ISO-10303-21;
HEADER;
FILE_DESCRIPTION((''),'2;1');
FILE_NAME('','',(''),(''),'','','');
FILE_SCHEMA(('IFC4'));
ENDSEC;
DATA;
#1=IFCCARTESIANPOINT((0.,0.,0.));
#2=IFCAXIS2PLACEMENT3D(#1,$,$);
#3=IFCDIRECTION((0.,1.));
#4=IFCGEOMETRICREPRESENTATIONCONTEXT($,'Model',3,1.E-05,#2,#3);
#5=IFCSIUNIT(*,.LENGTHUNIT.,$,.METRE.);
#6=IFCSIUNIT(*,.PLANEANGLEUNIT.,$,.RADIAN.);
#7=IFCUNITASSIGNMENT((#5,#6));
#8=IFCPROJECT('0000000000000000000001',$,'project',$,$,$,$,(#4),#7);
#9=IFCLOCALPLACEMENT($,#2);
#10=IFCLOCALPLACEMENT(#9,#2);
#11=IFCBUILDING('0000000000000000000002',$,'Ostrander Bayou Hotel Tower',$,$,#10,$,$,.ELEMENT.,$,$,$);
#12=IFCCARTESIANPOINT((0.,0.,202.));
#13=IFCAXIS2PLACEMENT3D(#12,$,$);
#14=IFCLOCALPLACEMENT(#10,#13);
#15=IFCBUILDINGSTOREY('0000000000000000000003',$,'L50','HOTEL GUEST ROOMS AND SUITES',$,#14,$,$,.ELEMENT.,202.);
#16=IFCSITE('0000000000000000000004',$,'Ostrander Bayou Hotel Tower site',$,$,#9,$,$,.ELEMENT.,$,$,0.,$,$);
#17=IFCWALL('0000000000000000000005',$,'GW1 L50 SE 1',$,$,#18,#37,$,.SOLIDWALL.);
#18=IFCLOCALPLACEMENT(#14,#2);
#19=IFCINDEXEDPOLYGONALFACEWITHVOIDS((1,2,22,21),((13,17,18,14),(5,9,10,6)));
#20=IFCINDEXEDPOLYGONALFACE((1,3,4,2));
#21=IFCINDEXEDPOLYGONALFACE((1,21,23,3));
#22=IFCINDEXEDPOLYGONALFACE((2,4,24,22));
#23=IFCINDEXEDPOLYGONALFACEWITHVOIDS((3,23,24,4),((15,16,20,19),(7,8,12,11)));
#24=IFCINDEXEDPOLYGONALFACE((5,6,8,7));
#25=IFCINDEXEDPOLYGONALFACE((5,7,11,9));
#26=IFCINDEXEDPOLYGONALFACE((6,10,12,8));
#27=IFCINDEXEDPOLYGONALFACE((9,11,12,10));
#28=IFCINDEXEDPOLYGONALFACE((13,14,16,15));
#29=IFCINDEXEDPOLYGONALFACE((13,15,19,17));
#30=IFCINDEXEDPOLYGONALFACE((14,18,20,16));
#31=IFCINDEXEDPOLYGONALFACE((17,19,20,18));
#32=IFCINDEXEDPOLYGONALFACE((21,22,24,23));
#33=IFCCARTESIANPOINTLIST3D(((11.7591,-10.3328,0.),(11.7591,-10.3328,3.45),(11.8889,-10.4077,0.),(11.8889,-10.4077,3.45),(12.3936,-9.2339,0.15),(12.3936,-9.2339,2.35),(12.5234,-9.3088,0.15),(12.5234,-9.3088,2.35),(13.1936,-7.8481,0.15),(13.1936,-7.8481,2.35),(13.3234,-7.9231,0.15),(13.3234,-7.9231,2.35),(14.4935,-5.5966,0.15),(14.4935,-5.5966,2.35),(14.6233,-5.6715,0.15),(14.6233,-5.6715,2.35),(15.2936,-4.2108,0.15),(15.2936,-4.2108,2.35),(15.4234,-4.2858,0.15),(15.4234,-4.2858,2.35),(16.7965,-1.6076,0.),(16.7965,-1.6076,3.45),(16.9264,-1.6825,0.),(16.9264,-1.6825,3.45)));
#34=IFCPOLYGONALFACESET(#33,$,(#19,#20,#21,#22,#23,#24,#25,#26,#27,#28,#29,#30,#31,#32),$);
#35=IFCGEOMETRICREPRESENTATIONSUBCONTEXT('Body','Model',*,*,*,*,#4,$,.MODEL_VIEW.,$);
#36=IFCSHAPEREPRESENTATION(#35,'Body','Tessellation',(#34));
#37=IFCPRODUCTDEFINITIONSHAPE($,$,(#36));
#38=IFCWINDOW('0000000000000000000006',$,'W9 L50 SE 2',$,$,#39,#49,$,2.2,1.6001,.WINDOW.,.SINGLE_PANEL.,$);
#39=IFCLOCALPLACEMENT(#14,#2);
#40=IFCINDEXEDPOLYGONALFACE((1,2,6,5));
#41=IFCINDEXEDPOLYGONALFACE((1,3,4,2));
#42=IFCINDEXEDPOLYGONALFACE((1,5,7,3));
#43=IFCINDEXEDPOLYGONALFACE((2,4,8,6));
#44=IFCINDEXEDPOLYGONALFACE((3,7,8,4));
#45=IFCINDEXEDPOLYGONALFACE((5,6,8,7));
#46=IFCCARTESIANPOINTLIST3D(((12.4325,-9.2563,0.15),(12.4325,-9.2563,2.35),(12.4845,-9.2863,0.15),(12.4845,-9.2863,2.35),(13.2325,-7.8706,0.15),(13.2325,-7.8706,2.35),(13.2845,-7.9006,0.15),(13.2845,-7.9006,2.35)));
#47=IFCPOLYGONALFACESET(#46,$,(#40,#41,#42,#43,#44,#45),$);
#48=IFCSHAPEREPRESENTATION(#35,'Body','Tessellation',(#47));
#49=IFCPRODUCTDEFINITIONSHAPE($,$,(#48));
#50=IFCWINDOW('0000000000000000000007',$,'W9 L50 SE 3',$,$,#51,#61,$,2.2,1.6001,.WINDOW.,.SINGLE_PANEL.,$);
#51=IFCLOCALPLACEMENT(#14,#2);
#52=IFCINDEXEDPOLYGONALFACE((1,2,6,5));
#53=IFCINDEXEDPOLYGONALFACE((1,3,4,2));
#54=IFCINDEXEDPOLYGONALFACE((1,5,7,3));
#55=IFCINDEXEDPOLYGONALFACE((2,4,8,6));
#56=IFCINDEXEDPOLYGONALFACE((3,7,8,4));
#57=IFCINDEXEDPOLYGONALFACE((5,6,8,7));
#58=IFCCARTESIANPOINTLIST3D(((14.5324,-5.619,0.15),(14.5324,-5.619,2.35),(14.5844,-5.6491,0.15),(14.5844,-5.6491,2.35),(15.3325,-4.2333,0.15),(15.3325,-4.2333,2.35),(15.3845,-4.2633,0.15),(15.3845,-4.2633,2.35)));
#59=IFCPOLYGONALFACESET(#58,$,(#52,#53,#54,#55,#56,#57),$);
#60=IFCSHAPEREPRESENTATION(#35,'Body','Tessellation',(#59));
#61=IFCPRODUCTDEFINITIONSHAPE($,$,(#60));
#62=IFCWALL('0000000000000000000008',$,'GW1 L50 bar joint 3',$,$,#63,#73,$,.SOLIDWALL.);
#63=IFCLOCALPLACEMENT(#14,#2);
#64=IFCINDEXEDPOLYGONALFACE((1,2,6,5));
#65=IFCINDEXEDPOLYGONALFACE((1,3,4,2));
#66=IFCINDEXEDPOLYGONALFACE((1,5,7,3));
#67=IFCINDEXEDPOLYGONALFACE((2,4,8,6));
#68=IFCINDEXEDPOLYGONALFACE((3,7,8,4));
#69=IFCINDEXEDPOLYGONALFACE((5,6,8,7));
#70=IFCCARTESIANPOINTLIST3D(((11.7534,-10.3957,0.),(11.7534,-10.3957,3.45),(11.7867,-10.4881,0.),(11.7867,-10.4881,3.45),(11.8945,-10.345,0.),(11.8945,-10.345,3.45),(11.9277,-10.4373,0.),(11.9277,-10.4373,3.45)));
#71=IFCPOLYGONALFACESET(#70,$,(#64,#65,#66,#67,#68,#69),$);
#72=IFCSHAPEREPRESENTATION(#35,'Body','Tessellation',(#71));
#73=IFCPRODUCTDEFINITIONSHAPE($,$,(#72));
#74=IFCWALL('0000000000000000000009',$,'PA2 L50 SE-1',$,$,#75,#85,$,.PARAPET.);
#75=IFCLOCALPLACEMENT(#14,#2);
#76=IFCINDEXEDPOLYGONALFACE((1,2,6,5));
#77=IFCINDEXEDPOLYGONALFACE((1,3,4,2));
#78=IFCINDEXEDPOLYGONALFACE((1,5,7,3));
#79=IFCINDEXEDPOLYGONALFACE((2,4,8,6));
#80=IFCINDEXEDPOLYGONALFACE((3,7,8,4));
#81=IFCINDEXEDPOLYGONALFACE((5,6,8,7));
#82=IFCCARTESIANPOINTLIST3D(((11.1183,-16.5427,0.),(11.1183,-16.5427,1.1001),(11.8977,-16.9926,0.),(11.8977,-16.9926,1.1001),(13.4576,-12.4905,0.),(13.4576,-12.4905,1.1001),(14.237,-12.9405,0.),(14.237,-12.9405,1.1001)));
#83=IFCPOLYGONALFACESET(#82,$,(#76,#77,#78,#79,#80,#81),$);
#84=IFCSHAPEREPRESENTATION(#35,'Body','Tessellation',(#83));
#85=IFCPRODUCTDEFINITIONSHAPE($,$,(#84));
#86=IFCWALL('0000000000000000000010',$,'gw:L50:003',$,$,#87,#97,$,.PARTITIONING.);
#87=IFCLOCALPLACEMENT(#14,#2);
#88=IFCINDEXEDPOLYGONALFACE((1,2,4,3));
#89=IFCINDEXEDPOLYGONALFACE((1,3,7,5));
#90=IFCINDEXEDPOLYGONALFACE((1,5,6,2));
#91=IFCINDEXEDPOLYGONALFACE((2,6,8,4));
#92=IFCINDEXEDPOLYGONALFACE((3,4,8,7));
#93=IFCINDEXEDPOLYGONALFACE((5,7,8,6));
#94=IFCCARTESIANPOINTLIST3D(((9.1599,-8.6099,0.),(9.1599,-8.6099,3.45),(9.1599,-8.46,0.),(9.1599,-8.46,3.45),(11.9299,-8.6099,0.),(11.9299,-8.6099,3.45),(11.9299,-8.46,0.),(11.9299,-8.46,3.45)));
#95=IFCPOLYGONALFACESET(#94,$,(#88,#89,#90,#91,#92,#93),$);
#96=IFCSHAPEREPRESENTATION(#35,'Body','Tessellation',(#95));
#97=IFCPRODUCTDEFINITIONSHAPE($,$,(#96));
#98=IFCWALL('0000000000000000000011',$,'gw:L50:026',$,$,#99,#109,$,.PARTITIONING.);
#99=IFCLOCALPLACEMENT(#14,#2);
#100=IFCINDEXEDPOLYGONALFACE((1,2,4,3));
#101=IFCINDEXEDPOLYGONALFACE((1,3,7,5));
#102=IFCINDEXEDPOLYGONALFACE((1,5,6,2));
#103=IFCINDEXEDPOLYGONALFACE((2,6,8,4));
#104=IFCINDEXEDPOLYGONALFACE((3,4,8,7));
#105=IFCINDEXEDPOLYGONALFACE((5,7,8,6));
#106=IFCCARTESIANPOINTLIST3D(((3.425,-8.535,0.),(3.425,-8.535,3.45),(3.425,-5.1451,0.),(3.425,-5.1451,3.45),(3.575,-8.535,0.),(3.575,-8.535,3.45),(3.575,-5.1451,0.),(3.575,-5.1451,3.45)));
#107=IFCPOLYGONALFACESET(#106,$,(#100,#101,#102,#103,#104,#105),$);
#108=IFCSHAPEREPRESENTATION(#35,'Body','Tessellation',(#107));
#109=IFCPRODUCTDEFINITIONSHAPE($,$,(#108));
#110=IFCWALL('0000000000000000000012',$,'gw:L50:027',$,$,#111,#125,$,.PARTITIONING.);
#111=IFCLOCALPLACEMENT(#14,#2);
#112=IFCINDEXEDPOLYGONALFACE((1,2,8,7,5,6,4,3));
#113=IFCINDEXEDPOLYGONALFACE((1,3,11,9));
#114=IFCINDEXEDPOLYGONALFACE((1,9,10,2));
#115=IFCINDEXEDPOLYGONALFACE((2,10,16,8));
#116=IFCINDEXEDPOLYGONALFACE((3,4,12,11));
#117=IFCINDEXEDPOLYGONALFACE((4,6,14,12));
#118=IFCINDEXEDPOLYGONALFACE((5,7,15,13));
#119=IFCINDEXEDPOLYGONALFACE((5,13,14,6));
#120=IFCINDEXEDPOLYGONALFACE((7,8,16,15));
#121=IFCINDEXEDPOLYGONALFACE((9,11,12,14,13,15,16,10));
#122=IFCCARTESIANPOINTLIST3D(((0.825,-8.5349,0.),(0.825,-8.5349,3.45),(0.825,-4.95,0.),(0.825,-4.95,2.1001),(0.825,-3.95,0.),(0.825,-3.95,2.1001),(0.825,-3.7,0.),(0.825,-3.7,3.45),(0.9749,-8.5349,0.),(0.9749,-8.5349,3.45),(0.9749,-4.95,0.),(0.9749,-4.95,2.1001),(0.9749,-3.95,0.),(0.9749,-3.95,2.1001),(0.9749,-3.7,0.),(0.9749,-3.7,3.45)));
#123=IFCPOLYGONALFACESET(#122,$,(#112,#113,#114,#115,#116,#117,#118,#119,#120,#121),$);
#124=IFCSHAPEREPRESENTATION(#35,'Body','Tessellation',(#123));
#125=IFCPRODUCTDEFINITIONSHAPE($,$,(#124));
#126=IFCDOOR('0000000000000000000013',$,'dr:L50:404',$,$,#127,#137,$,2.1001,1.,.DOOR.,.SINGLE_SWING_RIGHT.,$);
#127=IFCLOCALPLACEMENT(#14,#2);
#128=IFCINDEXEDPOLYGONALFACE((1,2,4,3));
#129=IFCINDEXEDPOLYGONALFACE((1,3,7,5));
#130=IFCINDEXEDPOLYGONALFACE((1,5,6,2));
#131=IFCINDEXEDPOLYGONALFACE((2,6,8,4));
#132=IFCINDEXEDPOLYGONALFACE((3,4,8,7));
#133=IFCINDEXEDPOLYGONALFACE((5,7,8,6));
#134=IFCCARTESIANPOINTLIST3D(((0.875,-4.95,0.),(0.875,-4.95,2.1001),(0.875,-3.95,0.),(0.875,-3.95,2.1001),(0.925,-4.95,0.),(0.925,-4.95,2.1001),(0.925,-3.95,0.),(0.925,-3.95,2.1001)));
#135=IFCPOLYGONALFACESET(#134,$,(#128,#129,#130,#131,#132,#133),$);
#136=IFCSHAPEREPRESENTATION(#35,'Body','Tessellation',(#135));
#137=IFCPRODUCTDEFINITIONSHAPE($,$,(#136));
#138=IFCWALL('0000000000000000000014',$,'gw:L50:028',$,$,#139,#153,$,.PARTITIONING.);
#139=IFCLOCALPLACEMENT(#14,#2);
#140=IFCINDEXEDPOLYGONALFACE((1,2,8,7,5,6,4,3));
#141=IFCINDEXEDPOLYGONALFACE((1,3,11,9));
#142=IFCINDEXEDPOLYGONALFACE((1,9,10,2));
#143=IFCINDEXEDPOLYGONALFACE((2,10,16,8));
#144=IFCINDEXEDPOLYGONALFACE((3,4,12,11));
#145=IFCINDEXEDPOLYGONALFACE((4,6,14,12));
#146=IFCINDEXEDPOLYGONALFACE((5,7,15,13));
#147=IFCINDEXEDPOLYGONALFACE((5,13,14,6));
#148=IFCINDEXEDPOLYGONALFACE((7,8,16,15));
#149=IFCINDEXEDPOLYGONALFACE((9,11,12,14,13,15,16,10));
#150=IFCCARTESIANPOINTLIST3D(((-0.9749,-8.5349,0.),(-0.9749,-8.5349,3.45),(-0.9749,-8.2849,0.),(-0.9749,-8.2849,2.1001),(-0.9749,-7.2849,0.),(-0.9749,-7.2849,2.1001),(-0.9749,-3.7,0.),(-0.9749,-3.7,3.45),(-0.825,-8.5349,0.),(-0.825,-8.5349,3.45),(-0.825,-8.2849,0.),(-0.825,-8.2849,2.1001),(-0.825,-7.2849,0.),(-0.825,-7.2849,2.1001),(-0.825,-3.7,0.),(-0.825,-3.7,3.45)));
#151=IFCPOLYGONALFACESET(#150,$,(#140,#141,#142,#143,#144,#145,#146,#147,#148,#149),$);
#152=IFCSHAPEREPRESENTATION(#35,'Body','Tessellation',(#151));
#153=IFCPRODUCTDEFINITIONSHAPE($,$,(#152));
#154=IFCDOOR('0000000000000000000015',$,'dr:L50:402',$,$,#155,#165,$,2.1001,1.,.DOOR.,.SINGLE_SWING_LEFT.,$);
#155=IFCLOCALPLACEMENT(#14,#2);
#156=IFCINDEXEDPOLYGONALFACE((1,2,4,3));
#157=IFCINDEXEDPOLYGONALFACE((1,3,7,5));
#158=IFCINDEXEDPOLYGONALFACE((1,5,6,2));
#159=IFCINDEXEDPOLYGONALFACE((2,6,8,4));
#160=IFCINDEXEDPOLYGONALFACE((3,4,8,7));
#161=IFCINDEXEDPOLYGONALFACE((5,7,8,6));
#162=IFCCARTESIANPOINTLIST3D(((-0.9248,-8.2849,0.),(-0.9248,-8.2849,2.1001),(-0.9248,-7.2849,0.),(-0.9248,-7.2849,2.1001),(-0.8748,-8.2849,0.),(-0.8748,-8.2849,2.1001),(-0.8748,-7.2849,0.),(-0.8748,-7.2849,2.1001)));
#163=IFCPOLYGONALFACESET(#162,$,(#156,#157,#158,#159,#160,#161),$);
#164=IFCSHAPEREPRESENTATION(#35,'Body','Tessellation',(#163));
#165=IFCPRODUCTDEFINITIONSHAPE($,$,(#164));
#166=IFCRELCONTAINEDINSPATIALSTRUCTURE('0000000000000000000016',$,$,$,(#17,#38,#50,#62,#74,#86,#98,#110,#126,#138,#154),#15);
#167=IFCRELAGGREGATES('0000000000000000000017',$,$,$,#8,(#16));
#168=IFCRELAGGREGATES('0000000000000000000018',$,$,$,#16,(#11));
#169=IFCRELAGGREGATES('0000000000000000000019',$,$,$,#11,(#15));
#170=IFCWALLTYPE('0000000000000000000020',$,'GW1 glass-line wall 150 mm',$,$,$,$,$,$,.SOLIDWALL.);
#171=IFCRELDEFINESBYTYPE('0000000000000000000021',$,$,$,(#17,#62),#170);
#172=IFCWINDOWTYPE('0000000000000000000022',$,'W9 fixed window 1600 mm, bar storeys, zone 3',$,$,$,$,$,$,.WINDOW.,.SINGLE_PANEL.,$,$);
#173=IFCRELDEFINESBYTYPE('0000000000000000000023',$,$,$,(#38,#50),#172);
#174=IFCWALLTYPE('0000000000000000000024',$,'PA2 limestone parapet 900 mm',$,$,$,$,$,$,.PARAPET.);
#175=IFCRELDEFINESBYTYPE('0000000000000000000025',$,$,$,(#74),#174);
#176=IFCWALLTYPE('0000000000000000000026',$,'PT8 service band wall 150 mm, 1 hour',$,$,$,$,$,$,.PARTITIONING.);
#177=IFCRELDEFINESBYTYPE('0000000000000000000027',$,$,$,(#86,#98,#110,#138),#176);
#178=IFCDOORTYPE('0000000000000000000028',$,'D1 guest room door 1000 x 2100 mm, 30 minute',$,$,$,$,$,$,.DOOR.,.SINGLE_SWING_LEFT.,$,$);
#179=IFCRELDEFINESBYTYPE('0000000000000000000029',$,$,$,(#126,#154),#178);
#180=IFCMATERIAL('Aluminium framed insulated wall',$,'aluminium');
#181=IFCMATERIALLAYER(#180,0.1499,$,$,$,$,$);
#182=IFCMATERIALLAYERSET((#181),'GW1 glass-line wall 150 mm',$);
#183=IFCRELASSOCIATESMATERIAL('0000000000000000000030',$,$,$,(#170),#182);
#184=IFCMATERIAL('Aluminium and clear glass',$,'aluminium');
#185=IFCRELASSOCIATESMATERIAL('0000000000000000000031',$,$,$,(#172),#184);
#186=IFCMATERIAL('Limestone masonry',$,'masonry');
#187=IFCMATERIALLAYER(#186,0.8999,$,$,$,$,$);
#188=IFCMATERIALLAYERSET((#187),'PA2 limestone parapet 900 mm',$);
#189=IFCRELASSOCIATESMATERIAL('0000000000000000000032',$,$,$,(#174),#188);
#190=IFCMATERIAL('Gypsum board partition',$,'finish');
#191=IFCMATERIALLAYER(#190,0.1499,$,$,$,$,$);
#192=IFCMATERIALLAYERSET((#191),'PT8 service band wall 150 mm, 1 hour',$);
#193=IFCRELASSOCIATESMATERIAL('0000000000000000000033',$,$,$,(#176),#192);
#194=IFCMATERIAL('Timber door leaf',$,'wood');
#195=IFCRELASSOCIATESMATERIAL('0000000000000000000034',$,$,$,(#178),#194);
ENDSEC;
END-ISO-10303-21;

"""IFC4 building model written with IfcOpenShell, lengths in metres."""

from ifc_helpers import new_model, si_unit, direction, frame, frame_2d, origin, place, context, subcontext, project, spatial, rectangle, extrude, material, layer, layer_set, type_object, element, fill, save


model = new_model("IFC4")

# Units and contexts
model_context = context("Model", 3, precision=1e-05, world=origin(), true_north=direction((0.0, 1.0)))
body_context = subcontext(model_context, "Body", "Model", "MODEL_VIEW")
ifc_project = project(units=[si_unit("LENGTHUNIT", "METRE"), si_unit("PLANEANGLEUNIT", "RADIAN")], contexts=[model_context])

# Site, building, storey
site_placement = place(None, origin())
site = spatial("IfcSite", under=ifc_project, at=site_placement, Name="Ostrander Bayou Hotel Tower site", CompositionType="ELEMENT", RefElevation=0.0)
building_placement = place(site_placement, origin())
building = spatial("IfcBuilding", under=site, at=building_placement, Name="Ostrander Bayou Hotel Tower", CompositionType="ELEMENT")
storey_placement = place(building_placement, frame((0.0, 0.0, 202.0)))
storey = spatial("IfcBuildingStorey", under=building, at=storey_placement, Name="L50", Description="HOTEL GUEST ROOMS AND SUITES", CompositionType="ELEMENT", Elevation=202.0)

# Wall, openings, windows
ifc_material_1 = material(Name="Aluminium framed insulated wall", Category="aluminium")
ifc_layer_1 = layer(ifc_material_1, 0.1499)
ifc_layer_set_1 = layer_set([ifc_layer_1], Name="GW1 glass-line wall 150 mm")
wall_type_1 = type_object("IfcWallType", Name="GW1 glass-line wall 150 mm", PredefinedType="SOLIDWALL", material=ifc_layer_set_1)
wall_1_placement = place(storey_placement, frame((11.824, -10.3704, 0.0), z_axis=(0.0, 0.0, 1.0), x_axis=(0.499994, 0.866029, 0.0)))
wall_1 = element("IfcWall", 1, at=wall_1_placement, inside=storey, type_object=wall_type_1, Name="GW1 L50 SE 1", PredefinedType="SOLIDWALL", context=body_context, shape_type="SweptSolid", body=[
    extrude(rectangle(XDim=10.075, YDim=0.1499, at=frame_2d((5.0376, 0.0))), origin(), (0.0, 0.0, 1.0), 3.45),
])
opening_1_placement = place(wall_1_placement, frame((1.269, 0.0, 0.1499)))
opening_1 = element("IfcOpeningElement", 2, at=opening_1_placement, cuts=wall_1, PredefinedType="OPENING", context=body_context, shape_type="SweptSolid", body=[
    extrude(rectangle(XDim=1.6001, YDim=2.2, at=frame_2d((0.8, 1.1001))), frame((0.0, 0.075, 0.0), z_axis=(0.0, -1.0, 0.0), x_axis=(1.0, 0.0, 0.0)), (0.0, 0.0, 1.0), 0.1499),
])
opening_2_placement = place(wall_1_placement, frame((5.469, 0.0, 0.1499)))
opening_2 = element("IfcOpeningElement", 3, at=opening_2_placement, cuts=wall_1, PredefinedType="OPENING", context=body_context, shape_type="SweptSolid", body=[
    extrude(rectangle(XDim=1.6001, YDim=2.2, at=frame_2d((0.8, 1.1001))), frame((0.0, 0.075, 0.0), z_axis=(0.0, -1.0, 0.0), x_axis=(1.0, 0.0, 0.0)), (0.0, 0.0, 1.0), 0.1499),
])
ifc_material_2 = material(Name="Aluminium and clear glass", Category="aluminium")
window_type = type_object("IfcWindowType", Name="W9 fixed window 1600 mm, bar storeys, zone 3", PartitioningType="SINGLE_PANEL", PredefinedType="WINDOW", material=ifc_material_2)
window_1_placement = place(opening_1_placement, origin())
window_1 = element("IfcWindow", 4, at=window_1_placement, inside=storey, type_object=window_type, Name="W9 L50 SE 2", OverallHeight=2.2, OverallWidth=1.6001, PartitioningType="SINGLE_PANEL", PredefinedType="WINDOW", context=body_context, shape_type="SweptSolid", body=[
    extrude(rectangle(XDim=1.6001, YDim=2.2, at=frame_2d((0.8, 1.1001))), frame((0.0, 0.03, 0.0), z_axis=(0.0, -1.0, 0.0), x_axis=(1.0, 0.0, 0.0)), (0.0, 0.0, 1.0), 0.0601),
])
fill(opening_1, window_1)
window_2_placement = place(opening_2_placement, origin())
window_2 = element("IfcWindow", 5, at=window_2_placement, inside=storey, type_object=window_type, Name="W9 L50 SE 3", OverallHeight=2.2, OverallWidth=1.6001, PartitioningType="SINGLE_PANEL", PredefinedType="WINDOW", context=body_context, shape_type="SweptSolid", body=[
    extrude(rectangle(XDim=1.6001, YDim=2.2, at=frame_2d((0.8, 1.1001))), frame((0.0, 0.03, 0.0), z_axis=(0.0, -1.0, 0.0), x_axis=(1.0, 0.0, 0.0)), (0.0, 0.0, 1.0), 0.0601),
])
fill(opening_2, window_2)

# Walls
wall_2_placement = place(storey_placement, frame((11.824, -10.3704, 0.0), z_axis=(0.0, 0.0, 1.0), x_axis=(0.338543, -0.940951, 0.0)))
element("IfcWall", 6, at=wall_2_placement, inside=storey, type_object=wall_type_1, Name="GW1 L50 bar joint 3", PredefinedType="SOLIDWALL", context=body_context, shape_type="SweptSolid", body=[
    extrude(rectangle(XDim=0.0981, YDim=0.1499, at=frame_2d((0.0491, 0.0))), origin(), (0.0, 0.0, 1.0), 3.45),
])
ifc_material_3 = material(Name="Limestone masonry", Category="masonry")
ifc_layer_2 = layer(ifc_material_3, 0.8999)
ifc_layer_set_2 = layer_set([ifc_layer_2], Name="PA2 limestone parapet 900 mm")
wall_type_2 = type_object("IfcWallType", Name="PA2 limestone parapet 900 mm", PredefinedType="PARAPET", material=ifc_layer_set_2)
wall_3_placement = place(storey_placement, frame((11.5081, -16.7676, 0.0), z_axis=(0.0, 0.0, 1.0), x_axis=(0.499966, 0.866045, 0.0)))
element("IfcWall", 7, at=wall_3_placement, inside=storey, type_object=wall_type_2, Name="PA2 L50 SE-1", PredefinedType="PARAPET", context=body_context, shape_type="SweptSolid", body=[
    extrude(rectangle(XDim=4.679, YDim=0.8999, at=frame_2d((2.3394, 0.0))), origin(), (0.0, 0.0, 1.0), 1.1001),
])
ifc_material_4 = material(Name="Gypsum board partition", Category="finish")
ifc_layer_3 = layer(ifc_material_4, 0.1499)
ifc_layer_set_3 = layer_set([ifc_layer_3], Name="PT8 service band wall 150 mm, 1 hour")
wall_type_3 = type_object("IfcWallType", Name="PT8 service band wall 150 mm, 1 hour", PredefinedType="PARTITIONING", material=ifc_layer_set_3)
wall_4_placement = place(storey_placement, frame((9.1599, -8.5349, 0.0), z_axis=(0.0, 0.0, 1.0), x_axis=(1.0, 0.0, 0.0)))
element("IfcWall", 8, at=wall_4_placement, inside=storey, type_object=wall_type_3, Name="gw:L50:003", PredefinedType="PARTITIONING", context=body_context, shape_type="SweptSolid", body=[
    extrude(rectangle(XDim=2.77, YDim=0.1499, at=frame_2d((1.385, 0.0))), origin(), (0.0, 0.0, 1.0), 3.45),
])
wall_5_placement = place(storey_placement, frame((3.5, -8.5349, 0.0), z_axis=(0.0, 0.0, 1.0), x_axis=(0.0, 1.0, 0.0)))
element("IfcWall", 9, at=wall_5_placement, inside=storey, type_object=wall_type_3, Name="gw:L50:026", PredefinedType="PARTITIONING", context=body_context, shape_type="SweptSolid", body=[
    extrude(rectangle(XDim=3.3899, YDim=0.1499, at=frame_2d((1.6948, 0.0))), origin(), (0.0, 0.0, 1.0), 3.45),
])

# Walls, openings, doors
wall_6_placement = place(storey_placement, frame((0.8999, -8.5349, 0.0), z_axis=(0.0, 0.0, 1.0), x_axis=(0.0, 1.0, 0.0)))
wall_6 = element("IfcWall", 10, at=wall_6_placement, inside=storey, type_object=wall_type_3, Name="gw:L50:027", PredefinedType="PARTITIONING", context=body_context, shape_type="SweptSolid", body=[
    extrude(rectangle(XDim=4.835, YDim=0.1499, at=frame_2d((2.4175, 0.0))), origin(), (0.0, 0.0, 1.0), 3.45),
])
opening_3_placement = place(wall_6_placement, frame((3.585, 0.0, 0.0)))
opening_3 = element("IfcOpeningElement", 11, at=opening_3_placement, cuts=wall_6, PredefinedType="OPENING", context=body_context, shape_type="SweptSolid", body=[
    extrude(rectangle(XDim=1.0, YDim=2.1001, at=frame_2d((0.5, 1.05))), frame((0.0, 0.075, 0.0), z_axis=(0.0, -1.0, 0.0), x_axis=(1.0, 0.0, 0.0)), (0.0, 0.0, 1.0), 0.1499),
])
ifc_material_5 = material(Name="Timber door leaf", Category="wood")
door_type = type_object("IfcDoorType", Name="D1 guest room door 1000 x 2100 mm, 30 minute", OperationType="SINGLE_SWING_LEFT", PredefinedType="DOOR", material=ifc_material_5)
door_1_placement = place(opening_3_placement, origin())
door_1 = element("IfcDoor", 12, at=door_1_placement, inside=storey, type_object=door_type, Name="dr:L50:404", OperationType="SINGLE_SWING_RIGHT", OverallHeight=2.1001, OverallWidth=1.0, PredefinedType="DOOR", context=body_context, shape_type="SweptSolid", body=[
    extrude(rectangle(XDim=1.0, YDim=2.1001, at=frame_2d((0.5, 1.05))), frame((0.0, 0.0249, 0.0), z_axis=(0.0, -1.0, 0.0), x_axis=(1.0, 0.0, 0.0)), (0.0, 0.0, 1.0), 0.05),
])
fill(opening_3, door_1)
wall_7_placement = place(storey_placement, frame((-0.8999, -8.5349, 0.0), z_axis=(0.0, 0.0, 1.0), x_axis=(0.0, 1.0, 0.0)))
wall_7 = element("IfcWall", 13, at=wall_7_placement, inside=storey, type_object=wall_type_3, Name="gw:L50:028", PredefinedType="PARTITIONING", context=body_context, shape_type="SweptSolid", body=[
    extrude(rectangle(XDim=4.835, YDim=0.1499, at=frame_2d((2.4175, 0.0))), origin(), (0.0, 0.0, 1.0), 3.45),
])
opening_4_placement = place(wall_7_placement, frame((0.25, 0.0, 0.0)))
opening_4 = element("IfcOpeningElement", 14, at=opening_4_placement, cuts=wall_7, PredefinedType="OPENING", context=body_context, shape_type="SweptSolid", body=[
    extrude(rectangle(XDim=1.0, YDim=2.1001, at=frame_2d((0.5, 1.05))), frame((0.0, 0.075, 0.0), z_axis=(0.0, -1.0, 0.0), x_axis=(1.0, 0.0, 0.0)), (0.0, 0.0, 1.0), 0.1499),
])
door_2_placement = place(opening_4_placement, origin())
door_2 = element("IfcDoor", 15, at=door_2_placement, inside=storey, type_object=door_type, Name="dr:L50:402", OperationType="SINGLE_SWING_LEFT", OverallHeight=2.1001, OverallWidth=1.0, PredefinedType="DOOR", context=body_context, shape_type="SweptSolid", body=[
    extrude(rectangle(XDim=1.0, YDim=2.1001, at=frame_2d((0.5, 1.05))), frame((0.0, 0.0249, 0.0), z_axis=(0.0, -1.0, 0.0), x_axis=(1.0, 0.0, 0.0)), (0.0, 0.0, 1.0), 0.05),
])
fill(opening_4, door_2)

save(model, "model.ifc")
